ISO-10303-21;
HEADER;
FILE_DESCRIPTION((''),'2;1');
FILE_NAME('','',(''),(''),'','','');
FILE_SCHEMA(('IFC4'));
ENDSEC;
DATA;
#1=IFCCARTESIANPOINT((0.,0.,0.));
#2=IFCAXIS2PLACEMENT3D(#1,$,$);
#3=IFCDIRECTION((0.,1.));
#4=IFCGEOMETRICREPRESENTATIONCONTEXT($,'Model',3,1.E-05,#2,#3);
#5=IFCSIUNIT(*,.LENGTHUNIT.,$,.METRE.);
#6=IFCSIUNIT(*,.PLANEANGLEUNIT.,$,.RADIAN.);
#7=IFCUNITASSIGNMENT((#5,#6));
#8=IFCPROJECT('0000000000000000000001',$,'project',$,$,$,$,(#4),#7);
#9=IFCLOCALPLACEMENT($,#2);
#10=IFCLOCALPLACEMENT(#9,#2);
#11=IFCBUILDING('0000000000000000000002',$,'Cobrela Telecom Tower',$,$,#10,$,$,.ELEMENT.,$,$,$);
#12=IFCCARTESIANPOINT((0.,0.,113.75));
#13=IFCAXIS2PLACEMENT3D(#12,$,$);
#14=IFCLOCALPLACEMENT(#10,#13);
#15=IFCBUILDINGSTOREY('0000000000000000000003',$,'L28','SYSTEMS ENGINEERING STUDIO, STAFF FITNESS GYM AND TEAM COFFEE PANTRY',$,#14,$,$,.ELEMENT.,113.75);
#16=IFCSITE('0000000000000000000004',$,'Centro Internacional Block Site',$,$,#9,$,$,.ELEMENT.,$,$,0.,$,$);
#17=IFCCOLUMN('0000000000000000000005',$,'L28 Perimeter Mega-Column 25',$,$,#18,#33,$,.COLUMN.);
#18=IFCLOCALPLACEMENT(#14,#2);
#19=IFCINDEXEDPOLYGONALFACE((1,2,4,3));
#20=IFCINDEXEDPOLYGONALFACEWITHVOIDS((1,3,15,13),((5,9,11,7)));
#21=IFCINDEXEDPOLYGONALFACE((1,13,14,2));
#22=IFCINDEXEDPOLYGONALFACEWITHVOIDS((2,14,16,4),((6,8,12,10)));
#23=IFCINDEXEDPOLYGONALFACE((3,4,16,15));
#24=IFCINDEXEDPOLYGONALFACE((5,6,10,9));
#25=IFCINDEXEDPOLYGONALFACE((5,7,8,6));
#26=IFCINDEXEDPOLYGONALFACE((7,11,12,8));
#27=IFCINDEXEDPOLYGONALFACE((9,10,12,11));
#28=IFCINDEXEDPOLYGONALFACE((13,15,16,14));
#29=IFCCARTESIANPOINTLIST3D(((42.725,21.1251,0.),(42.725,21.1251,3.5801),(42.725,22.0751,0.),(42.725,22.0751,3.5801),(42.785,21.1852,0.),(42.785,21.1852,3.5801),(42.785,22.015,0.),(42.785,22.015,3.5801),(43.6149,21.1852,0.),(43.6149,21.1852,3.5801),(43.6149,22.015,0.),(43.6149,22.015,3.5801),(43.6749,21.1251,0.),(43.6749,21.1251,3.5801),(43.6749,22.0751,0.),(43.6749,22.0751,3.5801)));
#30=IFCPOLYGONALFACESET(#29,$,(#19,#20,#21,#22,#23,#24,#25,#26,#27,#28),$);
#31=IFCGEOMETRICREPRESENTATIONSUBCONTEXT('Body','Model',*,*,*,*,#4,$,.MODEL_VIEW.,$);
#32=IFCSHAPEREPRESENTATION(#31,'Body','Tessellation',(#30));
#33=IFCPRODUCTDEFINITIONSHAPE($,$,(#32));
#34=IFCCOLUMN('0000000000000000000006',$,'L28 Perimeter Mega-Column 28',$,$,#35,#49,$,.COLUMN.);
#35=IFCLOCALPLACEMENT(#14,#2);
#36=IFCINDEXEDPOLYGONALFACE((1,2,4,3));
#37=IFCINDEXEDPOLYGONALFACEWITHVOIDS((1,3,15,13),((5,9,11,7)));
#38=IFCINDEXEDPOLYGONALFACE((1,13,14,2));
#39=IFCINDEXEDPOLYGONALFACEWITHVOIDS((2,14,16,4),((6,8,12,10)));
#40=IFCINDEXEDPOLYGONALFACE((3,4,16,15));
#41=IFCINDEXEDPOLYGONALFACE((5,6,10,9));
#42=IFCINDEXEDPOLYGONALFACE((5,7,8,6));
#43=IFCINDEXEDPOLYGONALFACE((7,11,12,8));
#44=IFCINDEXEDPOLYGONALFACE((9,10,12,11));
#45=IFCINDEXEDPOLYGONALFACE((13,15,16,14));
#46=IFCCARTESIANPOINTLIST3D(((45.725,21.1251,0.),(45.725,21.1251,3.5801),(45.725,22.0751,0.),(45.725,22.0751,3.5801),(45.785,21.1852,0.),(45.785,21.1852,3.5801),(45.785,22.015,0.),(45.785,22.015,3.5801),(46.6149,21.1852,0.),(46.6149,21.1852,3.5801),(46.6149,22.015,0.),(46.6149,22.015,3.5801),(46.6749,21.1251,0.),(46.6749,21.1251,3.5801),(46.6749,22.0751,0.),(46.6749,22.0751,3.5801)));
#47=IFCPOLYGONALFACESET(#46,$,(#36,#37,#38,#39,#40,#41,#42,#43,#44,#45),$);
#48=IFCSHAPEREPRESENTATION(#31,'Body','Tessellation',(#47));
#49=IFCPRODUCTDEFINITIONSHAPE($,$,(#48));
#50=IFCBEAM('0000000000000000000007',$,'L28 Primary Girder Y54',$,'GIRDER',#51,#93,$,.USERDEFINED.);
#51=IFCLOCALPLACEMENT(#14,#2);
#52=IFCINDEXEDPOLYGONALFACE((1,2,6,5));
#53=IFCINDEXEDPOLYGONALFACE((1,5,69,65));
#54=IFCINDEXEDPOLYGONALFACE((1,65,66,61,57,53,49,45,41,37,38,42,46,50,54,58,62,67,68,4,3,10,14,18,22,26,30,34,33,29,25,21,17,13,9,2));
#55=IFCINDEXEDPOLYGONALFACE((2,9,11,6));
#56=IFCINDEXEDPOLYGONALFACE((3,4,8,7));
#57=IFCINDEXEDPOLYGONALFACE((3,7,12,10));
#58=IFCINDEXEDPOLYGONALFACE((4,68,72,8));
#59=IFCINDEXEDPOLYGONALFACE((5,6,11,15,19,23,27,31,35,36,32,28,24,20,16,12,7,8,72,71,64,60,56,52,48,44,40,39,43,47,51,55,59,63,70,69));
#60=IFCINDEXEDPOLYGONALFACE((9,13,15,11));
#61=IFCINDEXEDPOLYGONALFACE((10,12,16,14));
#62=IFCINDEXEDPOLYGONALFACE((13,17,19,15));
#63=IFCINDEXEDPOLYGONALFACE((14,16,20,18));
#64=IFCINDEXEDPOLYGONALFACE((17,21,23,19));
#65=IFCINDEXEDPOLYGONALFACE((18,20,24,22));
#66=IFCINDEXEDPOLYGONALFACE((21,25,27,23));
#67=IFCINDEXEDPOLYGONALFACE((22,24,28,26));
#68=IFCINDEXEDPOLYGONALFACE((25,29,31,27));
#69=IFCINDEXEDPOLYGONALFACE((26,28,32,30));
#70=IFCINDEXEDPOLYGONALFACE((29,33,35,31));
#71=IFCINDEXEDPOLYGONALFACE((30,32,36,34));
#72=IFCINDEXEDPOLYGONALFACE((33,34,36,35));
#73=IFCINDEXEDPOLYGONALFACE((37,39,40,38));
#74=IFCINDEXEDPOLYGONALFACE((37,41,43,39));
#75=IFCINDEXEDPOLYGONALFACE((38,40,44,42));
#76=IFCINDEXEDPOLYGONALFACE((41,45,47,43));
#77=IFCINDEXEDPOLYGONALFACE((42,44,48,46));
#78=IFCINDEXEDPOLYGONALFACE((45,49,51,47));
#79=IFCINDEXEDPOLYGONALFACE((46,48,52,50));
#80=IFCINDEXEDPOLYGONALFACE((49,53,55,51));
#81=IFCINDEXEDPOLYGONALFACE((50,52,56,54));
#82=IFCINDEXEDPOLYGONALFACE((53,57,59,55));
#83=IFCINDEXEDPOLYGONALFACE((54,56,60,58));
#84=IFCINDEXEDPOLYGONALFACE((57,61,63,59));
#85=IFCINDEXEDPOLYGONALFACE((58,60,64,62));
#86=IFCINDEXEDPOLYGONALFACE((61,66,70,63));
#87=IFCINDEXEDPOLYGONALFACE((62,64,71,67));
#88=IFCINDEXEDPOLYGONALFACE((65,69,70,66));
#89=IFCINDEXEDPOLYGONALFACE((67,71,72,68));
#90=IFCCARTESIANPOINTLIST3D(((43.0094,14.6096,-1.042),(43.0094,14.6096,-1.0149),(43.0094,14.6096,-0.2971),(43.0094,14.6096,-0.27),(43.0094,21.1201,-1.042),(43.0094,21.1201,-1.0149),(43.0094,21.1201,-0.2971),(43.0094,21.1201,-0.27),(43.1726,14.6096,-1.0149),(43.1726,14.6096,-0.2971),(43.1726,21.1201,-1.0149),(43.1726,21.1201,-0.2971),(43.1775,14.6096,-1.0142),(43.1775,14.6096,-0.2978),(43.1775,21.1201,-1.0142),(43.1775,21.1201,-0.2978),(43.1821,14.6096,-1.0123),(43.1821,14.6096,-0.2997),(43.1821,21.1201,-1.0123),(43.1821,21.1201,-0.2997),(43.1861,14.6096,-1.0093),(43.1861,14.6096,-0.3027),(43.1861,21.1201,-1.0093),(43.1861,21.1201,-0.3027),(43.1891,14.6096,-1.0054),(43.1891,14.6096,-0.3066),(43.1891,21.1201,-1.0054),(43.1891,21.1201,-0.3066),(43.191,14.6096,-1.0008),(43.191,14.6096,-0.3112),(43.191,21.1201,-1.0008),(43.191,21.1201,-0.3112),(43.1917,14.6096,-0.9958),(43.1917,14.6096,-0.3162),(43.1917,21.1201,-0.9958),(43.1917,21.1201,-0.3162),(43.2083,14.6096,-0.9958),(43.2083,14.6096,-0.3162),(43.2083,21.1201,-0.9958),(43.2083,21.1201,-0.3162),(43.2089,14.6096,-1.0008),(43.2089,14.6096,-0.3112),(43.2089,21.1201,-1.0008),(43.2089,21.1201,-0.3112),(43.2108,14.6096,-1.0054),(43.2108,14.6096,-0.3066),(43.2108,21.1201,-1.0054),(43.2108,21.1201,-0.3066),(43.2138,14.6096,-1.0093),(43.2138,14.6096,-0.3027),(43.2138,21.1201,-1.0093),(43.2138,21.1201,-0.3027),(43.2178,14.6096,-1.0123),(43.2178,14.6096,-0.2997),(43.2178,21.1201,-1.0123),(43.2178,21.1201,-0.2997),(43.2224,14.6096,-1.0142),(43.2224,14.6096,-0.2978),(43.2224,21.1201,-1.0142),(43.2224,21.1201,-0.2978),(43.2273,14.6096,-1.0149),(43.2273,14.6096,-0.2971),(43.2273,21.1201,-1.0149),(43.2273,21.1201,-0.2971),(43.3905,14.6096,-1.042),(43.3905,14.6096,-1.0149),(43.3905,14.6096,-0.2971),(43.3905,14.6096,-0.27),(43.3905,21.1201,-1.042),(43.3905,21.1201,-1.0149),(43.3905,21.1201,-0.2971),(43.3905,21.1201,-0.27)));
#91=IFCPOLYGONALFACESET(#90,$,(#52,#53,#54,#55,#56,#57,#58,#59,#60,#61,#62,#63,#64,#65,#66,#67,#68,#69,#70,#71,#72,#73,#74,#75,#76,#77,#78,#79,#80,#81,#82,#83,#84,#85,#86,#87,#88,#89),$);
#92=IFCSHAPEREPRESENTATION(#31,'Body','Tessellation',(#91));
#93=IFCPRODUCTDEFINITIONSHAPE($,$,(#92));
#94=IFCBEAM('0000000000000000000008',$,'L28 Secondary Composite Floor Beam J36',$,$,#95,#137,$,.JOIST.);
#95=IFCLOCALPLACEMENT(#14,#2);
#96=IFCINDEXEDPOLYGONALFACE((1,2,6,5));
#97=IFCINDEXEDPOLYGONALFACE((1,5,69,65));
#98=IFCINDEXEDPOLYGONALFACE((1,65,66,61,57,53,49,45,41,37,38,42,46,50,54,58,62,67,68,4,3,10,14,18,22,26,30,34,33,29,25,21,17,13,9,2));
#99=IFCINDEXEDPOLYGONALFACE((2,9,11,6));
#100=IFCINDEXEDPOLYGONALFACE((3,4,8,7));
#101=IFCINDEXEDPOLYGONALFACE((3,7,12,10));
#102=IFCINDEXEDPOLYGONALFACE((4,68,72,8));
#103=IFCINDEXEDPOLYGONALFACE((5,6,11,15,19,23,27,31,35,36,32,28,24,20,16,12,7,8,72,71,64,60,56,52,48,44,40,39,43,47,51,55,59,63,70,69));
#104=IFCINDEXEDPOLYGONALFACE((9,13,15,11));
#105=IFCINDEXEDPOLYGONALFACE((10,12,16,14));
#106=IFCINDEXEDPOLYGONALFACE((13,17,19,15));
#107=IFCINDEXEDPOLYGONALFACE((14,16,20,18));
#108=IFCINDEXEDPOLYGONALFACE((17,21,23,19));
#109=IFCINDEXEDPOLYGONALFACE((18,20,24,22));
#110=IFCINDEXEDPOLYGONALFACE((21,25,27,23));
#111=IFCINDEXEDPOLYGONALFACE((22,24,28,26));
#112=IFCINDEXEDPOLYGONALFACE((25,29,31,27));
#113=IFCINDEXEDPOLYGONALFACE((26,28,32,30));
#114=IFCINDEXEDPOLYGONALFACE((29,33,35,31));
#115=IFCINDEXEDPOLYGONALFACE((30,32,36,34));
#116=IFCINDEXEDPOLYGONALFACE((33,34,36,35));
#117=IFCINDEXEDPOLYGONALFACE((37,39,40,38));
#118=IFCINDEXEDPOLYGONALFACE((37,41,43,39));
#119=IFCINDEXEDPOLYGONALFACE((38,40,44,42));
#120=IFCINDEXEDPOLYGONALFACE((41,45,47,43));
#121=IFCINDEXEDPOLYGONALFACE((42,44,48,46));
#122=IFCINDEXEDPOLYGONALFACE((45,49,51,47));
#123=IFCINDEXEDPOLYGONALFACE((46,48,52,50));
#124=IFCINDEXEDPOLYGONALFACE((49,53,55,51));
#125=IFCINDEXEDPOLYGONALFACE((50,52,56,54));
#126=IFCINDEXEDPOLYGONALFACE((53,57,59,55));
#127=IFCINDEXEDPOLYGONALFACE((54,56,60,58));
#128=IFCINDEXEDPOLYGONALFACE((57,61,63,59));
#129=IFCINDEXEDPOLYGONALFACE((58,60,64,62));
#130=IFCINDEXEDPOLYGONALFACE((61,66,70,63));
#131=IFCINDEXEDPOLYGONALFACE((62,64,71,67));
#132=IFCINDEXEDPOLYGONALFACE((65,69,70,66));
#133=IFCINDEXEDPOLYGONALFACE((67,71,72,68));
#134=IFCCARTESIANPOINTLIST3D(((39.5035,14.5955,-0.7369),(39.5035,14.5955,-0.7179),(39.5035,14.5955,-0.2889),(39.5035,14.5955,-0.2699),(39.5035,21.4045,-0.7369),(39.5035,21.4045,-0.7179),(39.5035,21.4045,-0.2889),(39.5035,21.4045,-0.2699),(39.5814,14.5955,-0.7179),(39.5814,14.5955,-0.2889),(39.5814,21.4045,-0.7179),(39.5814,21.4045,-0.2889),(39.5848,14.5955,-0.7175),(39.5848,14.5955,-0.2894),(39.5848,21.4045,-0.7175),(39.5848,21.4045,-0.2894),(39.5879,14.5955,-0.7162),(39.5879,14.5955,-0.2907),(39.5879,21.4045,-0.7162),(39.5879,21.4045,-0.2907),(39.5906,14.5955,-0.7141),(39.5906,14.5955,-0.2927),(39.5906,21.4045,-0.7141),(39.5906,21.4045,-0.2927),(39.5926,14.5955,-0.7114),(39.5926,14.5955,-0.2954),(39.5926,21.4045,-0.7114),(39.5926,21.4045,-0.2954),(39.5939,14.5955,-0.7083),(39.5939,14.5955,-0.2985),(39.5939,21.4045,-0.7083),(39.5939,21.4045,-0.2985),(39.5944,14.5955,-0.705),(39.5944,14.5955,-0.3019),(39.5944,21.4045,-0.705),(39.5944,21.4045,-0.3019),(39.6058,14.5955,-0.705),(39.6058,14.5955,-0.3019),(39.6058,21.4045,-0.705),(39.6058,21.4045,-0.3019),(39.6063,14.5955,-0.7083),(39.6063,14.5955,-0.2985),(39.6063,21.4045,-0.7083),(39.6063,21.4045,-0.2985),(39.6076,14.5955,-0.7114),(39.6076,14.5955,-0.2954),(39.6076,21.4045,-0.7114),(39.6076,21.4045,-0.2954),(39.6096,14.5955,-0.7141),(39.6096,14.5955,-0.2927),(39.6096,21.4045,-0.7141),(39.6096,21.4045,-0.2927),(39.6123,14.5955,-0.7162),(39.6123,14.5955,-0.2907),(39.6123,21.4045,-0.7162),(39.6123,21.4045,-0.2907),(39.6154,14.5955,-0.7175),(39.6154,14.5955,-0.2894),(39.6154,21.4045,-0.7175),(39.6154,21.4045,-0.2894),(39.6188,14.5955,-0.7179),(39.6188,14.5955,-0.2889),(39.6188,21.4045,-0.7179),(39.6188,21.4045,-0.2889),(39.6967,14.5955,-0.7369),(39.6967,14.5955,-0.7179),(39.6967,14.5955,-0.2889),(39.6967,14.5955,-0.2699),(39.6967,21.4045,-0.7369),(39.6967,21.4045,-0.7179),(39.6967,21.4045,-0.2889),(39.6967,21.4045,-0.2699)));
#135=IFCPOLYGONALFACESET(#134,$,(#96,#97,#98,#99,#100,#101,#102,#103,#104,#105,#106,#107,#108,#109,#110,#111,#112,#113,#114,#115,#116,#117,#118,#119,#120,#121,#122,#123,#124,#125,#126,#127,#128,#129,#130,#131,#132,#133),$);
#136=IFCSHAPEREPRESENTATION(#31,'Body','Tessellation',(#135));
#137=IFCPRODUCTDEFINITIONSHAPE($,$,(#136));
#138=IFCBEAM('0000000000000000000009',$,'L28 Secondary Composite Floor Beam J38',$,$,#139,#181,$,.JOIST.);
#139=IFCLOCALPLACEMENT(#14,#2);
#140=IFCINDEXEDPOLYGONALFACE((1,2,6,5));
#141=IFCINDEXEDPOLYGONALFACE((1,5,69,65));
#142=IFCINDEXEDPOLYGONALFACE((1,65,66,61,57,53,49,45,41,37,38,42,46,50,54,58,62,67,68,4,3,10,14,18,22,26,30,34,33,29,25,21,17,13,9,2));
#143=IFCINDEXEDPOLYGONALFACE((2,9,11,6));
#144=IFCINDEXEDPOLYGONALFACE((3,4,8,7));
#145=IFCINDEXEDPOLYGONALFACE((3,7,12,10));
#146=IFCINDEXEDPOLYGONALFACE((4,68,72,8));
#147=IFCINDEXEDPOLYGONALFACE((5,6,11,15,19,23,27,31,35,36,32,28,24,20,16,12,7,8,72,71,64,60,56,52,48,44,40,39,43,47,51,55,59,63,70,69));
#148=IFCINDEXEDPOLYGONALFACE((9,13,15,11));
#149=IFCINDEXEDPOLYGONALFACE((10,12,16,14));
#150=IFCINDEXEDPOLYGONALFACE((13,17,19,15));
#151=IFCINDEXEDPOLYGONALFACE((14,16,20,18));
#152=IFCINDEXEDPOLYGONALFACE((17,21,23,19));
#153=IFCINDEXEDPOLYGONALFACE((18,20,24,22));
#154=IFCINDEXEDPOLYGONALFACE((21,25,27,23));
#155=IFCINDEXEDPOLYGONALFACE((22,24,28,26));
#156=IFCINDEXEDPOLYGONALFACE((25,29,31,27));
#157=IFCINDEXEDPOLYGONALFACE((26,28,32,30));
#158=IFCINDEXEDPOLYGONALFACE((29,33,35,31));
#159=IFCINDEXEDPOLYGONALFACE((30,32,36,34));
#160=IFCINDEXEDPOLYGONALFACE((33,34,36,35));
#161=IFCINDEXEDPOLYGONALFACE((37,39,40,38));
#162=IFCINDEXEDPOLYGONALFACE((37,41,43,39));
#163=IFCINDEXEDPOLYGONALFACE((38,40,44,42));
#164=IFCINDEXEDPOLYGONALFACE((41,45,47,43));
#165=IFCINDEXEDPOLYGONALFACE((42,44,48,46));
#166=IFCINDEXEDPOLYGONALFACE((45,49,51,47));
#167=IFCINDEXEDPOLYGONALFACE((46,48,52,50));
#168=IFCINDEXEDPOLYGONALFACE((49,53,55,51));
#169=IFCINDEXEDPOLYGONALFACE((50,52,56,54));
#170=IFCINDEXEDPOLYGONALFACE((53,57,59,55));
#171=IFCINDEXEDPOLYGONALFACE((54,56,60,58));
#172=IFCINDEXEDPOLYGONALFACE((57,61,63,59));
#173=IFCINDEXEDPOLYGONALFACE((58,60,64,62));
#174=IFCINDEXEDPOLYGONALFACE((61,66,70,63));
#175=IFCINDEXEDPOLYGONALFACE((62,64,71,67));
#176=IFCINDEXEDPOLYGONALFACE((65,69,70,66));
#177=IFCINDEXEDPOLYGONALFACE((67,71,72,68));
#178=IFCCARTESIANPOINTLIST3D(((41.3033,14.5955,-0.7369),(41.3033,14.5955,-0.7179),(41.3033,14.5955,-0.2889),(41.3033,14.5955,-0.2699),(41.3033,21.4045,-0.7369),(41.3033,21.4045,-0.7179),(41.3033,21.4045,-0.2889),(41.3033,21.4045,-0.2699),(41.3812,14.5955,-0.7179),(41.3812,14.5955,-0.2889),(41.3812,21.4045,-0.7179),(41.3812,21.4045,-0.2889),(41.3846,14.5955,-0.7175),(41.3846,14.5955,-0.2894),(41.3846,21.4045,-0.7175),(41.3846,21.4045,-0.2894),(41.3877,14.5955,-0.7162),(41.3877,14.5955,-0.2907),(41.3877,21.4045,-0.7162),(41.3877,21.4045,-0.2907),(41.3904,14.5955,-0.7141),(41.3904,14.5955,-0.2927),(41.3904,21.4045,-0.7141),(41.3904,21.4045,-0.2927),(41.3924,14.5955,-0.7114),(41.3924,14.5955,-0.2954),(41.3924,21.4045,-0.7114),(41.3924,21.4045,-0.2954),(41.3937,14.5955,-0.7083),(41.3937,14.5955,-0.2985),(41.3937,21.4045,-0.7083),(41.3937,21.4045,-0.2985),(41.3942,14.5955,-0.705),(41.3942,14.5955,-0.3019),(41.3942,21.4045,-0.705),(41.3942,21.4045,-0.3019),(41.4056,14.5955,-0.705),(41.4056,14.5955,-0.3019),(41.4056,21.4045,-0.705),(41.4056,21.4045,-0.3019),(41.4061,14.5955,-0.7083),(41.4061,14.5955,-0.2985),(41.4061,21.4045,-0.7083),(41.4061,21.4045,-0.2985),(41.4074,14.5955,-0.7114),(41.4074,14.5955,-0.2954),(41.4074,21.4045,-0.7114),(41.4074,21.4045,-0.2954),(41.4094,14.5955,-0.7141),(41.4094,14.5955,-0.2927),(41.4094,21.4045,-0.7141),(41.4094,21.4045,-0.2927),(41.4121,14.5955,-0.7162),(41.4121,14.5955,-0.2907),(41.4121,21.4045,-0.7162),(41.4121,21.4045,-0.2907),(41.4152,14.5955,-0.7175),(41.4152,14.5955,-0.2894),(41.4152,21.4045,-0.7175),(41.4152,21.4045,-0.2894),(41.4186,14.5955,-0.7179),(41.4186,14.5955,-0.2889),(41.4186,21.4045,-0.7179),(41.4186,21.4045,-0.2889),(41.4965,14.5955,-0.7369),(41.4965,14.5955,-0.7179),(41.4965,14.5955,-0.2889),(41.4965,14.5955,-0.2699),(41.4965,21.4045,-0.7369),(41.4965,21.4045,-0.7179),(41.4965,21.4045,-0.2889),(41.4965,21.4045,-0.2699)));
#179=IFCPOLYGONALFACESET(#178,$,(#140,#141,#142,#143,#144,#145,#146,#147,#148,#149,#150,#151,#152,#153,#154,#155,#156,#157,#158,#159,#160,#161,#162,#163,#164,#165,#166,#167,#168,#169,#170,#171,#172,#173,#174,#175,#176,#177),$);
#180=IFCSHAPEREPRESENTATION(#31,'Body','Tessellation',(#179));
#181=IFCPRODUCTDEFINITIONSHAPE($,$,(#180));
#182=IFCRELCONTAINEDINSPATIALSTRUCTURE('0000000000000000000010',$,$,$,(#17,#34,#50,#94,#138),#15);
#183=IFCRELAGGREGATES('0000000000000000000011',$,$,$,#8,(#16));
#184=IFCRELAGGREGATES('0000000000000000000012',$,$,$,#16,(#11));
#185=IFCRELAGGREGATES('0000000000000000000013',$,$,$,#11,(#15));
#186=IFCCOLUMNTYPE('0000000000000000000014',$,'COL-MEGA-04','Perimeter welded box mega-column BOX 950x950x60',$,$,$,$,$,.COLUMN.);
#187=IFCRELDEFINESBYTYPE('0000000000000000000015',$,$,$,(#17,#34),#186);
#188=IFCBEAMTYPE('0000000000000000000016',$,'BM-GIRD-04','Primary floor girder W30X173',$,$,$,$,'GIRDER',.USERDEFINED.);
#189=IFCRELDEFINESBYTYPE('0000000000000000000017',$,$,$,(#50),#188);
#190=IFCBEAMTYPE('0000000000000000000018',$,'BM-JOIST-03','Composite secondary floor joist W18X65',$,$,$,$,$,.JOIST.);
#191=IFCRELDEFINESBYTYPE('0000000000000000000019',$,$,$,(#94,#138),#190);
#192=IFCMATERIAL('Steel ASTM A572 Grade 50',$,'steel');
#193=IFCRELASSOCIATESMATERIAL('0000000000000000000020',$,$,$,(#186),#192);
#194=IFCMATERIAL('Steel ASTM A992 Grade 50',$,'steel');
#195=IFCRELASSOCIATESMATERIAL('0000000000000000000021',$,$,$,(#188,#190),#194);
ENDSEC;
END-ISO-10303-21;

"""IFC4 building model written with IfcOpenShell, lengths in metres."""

from ifc_helpers import new_model, si_unit, direction, frame, origin, origin_2d, place, context, subcontext, project, spatial, hollow_rectangle, i_section, extrude, material, material_profile, profile_set, type_object, element, save


model = new_model("IFC4")

# Units and contexts
model_context = context("Model", 3, precision=1e-05, world=origin(), true_north=direction((0.0, 1.0)))
body_context = subcontext(model_context, "Body", "Model", "MODEL_VIEW")
ifc_project = project(units=[si_unit("LENGTHUNIT", "METRE"), si_unit("PLANEANGLEUNIT", "RADIAN")], contexts=[model_context])

# Site, building, storey
site_placement = place(None, origin())
site = spatial("IfcSite", under=ifc_project, at=site_placement, Name="Centro Internacional Block Site", CompositionType="ELEMENT", RefElevation=0.0)
building_placement = place(site_placement, origin())
building = spatial("IfcBuilding", under=site, at=building_placement, Name="Cobrela Telecom Tower", CompositionType="ELEMENT")
storey_placement = place(building_placement, frame((0.0, 0.0, 113.75)))
storey = spatial("IfcBuildingStorey", under=building, at=storey_placement, Name="L28", Description="SYSTEMS ENGINEERING STUDIO, STAFF FITNESS GYM AND TEAM COFFEE PANTRY", CompositionType="ELEMENT", Elevation=113.75)

# Columns
ifc_material_1 = material(Name="Steel ASTM A572 Grade 50", Category="steel")
ifc_material_profile_1 = material_profile(ifc_material_1, hollow_rectangle(XDim=0.95, YDim=0.95, WallThickness=0.0601, at=origin_2d()), Name="BOX 950x950x60")
ifc_profile_set_1 = profile_set([ifc_material_profile_1], Name="Steel ASTM A572 Grade 50")
column_type = type_object("IfcColumnType", Name="COL-MEGA-04", Description="Perimeter welded box mega-column BOX 950x950x60", PredefinedType="COLUMN", material=ifc_profile_set_1)
for number, where, z_axis, x_axis, name in (
    (1, (43.2, 21.6001, 0.0), (0.0, 0.0, 1.0), (1.0, 0.0, 0.0), "L28 Perimeter Mega-Column 25"),
    (2, (46.2, 21.6001, 0.0), (0.0, 0.0, 1.0), (1.0, 0.0, 0.0), "L28 Perimeter Mega-Column 28"),
):
    element("IfcColumn", number, at=place(storey_placement, frame(where, z_axis=z_axis, x_axis=x_axis)), inside=storey, type_object=column_type, Name=name, PredefinedType="COLUMN", context=body_context, shape_type="SweptSolid", body=[
        extrude(hollow_rectangle(XDim=0.95, YDim=0.95, WallThickness=0.0601, at=origin_2d()), origin(), (0.0, 0.0, 1.0), 3.5801),
    ])

# Beams
ifc_material_2 = material(Name="Steel ASTM A992 Grade 50", Category="steel")
ifc_material_profile_2 = material_profile(ifc_material_2, i_section(OverallWidth=0.3811, OverallDepth=0.772, WebThickness=0.0166, FlangeThickness=0.0271, FilletRadius=0.019, at=origin_2d()), Name="W30X173")
ifc_profile_set_2 = profile_set([ifc_material_profile_2], Name="Steel ASTM A992 Grade 50")
beam_type_1 = type_object("IfcBeamType", Name="BM-GIRD-04", Description="Primary floor girder W30X173", ElementType="GIRDER", PredefinedType="USERDEFINED", material=ifc_profile_set_2)
beam_1_placement = place(storey_placement, frame((43.2, 14.6096, -0.656), z_axis=(0.0, 1.0, 0.0), x_axis=(-1.0, 0.0, 0.0)))
element("IfcBeam", 3, at=beam_1_placement, inside=storey, type_object=beam_type_1, Name="L28 Primary Girder Y54", ObjectType="GIRDER", PredefinedType="USERDEFINED", context=body_context, shape_type="SweptSolid", body=[
    extrude(i_section(OverallWidth=0.3811, OverallDepth=0.772, WebThickness=0.0166, FlangeThickness=0.0271, FilletRadius=0.019, at=origin_2d()), origin(), (0.0, 0.0, 1.0), 6.5105),
])
ifc_material_profile_3 = material_profile(ifc_material_2, i_section(OverallWidth=0.1931, OverallDepth=0.467, WebThickness=0.0115, FlangeThickness=0.019, FilletRadius=0.0129, at=origin_2d()), Name="W18X65")
ifc_profile_set_3 = profile_set([ifc_material_profile_3], Name="Steel ASTM A992 Grade 50")
beam_type_2 = type_object("IfcBeamType", Name="BM-JOIST-03", Description="Composite secondary floor joist W18X65", PredefinedType="JOIST", material=ifc_profile_set_3)
for number, where, z_axis, x_axis, name in (
    (4, (39.6001, 14.5955, -0.5034), (0.0, 1.0, 0.0), (-1.0, 0.0, 0.0), "L28 Secondary Composite Floor Beam J36"),
    (5, (41.3999, 14.5955, -0.5034), (0.0, 1.0, 0.0), (-1.0, 0.0, 0.0), "L28 Secondary Composite Floor Beam J38"),
):
    element("IfcBeam", number, at=place(storey_placement, frame(where, z_axis=z_axis, x_axis=x_axis)), inside=storey, type_object=beam_type_2, Name=name, PredefinedType="JOIST", context=body_context, shape_type="SweptSolid", body=[
        extrude(i_section(OverallWidth=0.1931, OverallDepth=0.467, WebThickness=0.0115, FlangeThickness=0.019, FilletRadius=0.0129, at=origin_2d()), origin(), (0.0, 0.0, 1.0), 6.8091),
    ])

save(model, "model.ifc")
